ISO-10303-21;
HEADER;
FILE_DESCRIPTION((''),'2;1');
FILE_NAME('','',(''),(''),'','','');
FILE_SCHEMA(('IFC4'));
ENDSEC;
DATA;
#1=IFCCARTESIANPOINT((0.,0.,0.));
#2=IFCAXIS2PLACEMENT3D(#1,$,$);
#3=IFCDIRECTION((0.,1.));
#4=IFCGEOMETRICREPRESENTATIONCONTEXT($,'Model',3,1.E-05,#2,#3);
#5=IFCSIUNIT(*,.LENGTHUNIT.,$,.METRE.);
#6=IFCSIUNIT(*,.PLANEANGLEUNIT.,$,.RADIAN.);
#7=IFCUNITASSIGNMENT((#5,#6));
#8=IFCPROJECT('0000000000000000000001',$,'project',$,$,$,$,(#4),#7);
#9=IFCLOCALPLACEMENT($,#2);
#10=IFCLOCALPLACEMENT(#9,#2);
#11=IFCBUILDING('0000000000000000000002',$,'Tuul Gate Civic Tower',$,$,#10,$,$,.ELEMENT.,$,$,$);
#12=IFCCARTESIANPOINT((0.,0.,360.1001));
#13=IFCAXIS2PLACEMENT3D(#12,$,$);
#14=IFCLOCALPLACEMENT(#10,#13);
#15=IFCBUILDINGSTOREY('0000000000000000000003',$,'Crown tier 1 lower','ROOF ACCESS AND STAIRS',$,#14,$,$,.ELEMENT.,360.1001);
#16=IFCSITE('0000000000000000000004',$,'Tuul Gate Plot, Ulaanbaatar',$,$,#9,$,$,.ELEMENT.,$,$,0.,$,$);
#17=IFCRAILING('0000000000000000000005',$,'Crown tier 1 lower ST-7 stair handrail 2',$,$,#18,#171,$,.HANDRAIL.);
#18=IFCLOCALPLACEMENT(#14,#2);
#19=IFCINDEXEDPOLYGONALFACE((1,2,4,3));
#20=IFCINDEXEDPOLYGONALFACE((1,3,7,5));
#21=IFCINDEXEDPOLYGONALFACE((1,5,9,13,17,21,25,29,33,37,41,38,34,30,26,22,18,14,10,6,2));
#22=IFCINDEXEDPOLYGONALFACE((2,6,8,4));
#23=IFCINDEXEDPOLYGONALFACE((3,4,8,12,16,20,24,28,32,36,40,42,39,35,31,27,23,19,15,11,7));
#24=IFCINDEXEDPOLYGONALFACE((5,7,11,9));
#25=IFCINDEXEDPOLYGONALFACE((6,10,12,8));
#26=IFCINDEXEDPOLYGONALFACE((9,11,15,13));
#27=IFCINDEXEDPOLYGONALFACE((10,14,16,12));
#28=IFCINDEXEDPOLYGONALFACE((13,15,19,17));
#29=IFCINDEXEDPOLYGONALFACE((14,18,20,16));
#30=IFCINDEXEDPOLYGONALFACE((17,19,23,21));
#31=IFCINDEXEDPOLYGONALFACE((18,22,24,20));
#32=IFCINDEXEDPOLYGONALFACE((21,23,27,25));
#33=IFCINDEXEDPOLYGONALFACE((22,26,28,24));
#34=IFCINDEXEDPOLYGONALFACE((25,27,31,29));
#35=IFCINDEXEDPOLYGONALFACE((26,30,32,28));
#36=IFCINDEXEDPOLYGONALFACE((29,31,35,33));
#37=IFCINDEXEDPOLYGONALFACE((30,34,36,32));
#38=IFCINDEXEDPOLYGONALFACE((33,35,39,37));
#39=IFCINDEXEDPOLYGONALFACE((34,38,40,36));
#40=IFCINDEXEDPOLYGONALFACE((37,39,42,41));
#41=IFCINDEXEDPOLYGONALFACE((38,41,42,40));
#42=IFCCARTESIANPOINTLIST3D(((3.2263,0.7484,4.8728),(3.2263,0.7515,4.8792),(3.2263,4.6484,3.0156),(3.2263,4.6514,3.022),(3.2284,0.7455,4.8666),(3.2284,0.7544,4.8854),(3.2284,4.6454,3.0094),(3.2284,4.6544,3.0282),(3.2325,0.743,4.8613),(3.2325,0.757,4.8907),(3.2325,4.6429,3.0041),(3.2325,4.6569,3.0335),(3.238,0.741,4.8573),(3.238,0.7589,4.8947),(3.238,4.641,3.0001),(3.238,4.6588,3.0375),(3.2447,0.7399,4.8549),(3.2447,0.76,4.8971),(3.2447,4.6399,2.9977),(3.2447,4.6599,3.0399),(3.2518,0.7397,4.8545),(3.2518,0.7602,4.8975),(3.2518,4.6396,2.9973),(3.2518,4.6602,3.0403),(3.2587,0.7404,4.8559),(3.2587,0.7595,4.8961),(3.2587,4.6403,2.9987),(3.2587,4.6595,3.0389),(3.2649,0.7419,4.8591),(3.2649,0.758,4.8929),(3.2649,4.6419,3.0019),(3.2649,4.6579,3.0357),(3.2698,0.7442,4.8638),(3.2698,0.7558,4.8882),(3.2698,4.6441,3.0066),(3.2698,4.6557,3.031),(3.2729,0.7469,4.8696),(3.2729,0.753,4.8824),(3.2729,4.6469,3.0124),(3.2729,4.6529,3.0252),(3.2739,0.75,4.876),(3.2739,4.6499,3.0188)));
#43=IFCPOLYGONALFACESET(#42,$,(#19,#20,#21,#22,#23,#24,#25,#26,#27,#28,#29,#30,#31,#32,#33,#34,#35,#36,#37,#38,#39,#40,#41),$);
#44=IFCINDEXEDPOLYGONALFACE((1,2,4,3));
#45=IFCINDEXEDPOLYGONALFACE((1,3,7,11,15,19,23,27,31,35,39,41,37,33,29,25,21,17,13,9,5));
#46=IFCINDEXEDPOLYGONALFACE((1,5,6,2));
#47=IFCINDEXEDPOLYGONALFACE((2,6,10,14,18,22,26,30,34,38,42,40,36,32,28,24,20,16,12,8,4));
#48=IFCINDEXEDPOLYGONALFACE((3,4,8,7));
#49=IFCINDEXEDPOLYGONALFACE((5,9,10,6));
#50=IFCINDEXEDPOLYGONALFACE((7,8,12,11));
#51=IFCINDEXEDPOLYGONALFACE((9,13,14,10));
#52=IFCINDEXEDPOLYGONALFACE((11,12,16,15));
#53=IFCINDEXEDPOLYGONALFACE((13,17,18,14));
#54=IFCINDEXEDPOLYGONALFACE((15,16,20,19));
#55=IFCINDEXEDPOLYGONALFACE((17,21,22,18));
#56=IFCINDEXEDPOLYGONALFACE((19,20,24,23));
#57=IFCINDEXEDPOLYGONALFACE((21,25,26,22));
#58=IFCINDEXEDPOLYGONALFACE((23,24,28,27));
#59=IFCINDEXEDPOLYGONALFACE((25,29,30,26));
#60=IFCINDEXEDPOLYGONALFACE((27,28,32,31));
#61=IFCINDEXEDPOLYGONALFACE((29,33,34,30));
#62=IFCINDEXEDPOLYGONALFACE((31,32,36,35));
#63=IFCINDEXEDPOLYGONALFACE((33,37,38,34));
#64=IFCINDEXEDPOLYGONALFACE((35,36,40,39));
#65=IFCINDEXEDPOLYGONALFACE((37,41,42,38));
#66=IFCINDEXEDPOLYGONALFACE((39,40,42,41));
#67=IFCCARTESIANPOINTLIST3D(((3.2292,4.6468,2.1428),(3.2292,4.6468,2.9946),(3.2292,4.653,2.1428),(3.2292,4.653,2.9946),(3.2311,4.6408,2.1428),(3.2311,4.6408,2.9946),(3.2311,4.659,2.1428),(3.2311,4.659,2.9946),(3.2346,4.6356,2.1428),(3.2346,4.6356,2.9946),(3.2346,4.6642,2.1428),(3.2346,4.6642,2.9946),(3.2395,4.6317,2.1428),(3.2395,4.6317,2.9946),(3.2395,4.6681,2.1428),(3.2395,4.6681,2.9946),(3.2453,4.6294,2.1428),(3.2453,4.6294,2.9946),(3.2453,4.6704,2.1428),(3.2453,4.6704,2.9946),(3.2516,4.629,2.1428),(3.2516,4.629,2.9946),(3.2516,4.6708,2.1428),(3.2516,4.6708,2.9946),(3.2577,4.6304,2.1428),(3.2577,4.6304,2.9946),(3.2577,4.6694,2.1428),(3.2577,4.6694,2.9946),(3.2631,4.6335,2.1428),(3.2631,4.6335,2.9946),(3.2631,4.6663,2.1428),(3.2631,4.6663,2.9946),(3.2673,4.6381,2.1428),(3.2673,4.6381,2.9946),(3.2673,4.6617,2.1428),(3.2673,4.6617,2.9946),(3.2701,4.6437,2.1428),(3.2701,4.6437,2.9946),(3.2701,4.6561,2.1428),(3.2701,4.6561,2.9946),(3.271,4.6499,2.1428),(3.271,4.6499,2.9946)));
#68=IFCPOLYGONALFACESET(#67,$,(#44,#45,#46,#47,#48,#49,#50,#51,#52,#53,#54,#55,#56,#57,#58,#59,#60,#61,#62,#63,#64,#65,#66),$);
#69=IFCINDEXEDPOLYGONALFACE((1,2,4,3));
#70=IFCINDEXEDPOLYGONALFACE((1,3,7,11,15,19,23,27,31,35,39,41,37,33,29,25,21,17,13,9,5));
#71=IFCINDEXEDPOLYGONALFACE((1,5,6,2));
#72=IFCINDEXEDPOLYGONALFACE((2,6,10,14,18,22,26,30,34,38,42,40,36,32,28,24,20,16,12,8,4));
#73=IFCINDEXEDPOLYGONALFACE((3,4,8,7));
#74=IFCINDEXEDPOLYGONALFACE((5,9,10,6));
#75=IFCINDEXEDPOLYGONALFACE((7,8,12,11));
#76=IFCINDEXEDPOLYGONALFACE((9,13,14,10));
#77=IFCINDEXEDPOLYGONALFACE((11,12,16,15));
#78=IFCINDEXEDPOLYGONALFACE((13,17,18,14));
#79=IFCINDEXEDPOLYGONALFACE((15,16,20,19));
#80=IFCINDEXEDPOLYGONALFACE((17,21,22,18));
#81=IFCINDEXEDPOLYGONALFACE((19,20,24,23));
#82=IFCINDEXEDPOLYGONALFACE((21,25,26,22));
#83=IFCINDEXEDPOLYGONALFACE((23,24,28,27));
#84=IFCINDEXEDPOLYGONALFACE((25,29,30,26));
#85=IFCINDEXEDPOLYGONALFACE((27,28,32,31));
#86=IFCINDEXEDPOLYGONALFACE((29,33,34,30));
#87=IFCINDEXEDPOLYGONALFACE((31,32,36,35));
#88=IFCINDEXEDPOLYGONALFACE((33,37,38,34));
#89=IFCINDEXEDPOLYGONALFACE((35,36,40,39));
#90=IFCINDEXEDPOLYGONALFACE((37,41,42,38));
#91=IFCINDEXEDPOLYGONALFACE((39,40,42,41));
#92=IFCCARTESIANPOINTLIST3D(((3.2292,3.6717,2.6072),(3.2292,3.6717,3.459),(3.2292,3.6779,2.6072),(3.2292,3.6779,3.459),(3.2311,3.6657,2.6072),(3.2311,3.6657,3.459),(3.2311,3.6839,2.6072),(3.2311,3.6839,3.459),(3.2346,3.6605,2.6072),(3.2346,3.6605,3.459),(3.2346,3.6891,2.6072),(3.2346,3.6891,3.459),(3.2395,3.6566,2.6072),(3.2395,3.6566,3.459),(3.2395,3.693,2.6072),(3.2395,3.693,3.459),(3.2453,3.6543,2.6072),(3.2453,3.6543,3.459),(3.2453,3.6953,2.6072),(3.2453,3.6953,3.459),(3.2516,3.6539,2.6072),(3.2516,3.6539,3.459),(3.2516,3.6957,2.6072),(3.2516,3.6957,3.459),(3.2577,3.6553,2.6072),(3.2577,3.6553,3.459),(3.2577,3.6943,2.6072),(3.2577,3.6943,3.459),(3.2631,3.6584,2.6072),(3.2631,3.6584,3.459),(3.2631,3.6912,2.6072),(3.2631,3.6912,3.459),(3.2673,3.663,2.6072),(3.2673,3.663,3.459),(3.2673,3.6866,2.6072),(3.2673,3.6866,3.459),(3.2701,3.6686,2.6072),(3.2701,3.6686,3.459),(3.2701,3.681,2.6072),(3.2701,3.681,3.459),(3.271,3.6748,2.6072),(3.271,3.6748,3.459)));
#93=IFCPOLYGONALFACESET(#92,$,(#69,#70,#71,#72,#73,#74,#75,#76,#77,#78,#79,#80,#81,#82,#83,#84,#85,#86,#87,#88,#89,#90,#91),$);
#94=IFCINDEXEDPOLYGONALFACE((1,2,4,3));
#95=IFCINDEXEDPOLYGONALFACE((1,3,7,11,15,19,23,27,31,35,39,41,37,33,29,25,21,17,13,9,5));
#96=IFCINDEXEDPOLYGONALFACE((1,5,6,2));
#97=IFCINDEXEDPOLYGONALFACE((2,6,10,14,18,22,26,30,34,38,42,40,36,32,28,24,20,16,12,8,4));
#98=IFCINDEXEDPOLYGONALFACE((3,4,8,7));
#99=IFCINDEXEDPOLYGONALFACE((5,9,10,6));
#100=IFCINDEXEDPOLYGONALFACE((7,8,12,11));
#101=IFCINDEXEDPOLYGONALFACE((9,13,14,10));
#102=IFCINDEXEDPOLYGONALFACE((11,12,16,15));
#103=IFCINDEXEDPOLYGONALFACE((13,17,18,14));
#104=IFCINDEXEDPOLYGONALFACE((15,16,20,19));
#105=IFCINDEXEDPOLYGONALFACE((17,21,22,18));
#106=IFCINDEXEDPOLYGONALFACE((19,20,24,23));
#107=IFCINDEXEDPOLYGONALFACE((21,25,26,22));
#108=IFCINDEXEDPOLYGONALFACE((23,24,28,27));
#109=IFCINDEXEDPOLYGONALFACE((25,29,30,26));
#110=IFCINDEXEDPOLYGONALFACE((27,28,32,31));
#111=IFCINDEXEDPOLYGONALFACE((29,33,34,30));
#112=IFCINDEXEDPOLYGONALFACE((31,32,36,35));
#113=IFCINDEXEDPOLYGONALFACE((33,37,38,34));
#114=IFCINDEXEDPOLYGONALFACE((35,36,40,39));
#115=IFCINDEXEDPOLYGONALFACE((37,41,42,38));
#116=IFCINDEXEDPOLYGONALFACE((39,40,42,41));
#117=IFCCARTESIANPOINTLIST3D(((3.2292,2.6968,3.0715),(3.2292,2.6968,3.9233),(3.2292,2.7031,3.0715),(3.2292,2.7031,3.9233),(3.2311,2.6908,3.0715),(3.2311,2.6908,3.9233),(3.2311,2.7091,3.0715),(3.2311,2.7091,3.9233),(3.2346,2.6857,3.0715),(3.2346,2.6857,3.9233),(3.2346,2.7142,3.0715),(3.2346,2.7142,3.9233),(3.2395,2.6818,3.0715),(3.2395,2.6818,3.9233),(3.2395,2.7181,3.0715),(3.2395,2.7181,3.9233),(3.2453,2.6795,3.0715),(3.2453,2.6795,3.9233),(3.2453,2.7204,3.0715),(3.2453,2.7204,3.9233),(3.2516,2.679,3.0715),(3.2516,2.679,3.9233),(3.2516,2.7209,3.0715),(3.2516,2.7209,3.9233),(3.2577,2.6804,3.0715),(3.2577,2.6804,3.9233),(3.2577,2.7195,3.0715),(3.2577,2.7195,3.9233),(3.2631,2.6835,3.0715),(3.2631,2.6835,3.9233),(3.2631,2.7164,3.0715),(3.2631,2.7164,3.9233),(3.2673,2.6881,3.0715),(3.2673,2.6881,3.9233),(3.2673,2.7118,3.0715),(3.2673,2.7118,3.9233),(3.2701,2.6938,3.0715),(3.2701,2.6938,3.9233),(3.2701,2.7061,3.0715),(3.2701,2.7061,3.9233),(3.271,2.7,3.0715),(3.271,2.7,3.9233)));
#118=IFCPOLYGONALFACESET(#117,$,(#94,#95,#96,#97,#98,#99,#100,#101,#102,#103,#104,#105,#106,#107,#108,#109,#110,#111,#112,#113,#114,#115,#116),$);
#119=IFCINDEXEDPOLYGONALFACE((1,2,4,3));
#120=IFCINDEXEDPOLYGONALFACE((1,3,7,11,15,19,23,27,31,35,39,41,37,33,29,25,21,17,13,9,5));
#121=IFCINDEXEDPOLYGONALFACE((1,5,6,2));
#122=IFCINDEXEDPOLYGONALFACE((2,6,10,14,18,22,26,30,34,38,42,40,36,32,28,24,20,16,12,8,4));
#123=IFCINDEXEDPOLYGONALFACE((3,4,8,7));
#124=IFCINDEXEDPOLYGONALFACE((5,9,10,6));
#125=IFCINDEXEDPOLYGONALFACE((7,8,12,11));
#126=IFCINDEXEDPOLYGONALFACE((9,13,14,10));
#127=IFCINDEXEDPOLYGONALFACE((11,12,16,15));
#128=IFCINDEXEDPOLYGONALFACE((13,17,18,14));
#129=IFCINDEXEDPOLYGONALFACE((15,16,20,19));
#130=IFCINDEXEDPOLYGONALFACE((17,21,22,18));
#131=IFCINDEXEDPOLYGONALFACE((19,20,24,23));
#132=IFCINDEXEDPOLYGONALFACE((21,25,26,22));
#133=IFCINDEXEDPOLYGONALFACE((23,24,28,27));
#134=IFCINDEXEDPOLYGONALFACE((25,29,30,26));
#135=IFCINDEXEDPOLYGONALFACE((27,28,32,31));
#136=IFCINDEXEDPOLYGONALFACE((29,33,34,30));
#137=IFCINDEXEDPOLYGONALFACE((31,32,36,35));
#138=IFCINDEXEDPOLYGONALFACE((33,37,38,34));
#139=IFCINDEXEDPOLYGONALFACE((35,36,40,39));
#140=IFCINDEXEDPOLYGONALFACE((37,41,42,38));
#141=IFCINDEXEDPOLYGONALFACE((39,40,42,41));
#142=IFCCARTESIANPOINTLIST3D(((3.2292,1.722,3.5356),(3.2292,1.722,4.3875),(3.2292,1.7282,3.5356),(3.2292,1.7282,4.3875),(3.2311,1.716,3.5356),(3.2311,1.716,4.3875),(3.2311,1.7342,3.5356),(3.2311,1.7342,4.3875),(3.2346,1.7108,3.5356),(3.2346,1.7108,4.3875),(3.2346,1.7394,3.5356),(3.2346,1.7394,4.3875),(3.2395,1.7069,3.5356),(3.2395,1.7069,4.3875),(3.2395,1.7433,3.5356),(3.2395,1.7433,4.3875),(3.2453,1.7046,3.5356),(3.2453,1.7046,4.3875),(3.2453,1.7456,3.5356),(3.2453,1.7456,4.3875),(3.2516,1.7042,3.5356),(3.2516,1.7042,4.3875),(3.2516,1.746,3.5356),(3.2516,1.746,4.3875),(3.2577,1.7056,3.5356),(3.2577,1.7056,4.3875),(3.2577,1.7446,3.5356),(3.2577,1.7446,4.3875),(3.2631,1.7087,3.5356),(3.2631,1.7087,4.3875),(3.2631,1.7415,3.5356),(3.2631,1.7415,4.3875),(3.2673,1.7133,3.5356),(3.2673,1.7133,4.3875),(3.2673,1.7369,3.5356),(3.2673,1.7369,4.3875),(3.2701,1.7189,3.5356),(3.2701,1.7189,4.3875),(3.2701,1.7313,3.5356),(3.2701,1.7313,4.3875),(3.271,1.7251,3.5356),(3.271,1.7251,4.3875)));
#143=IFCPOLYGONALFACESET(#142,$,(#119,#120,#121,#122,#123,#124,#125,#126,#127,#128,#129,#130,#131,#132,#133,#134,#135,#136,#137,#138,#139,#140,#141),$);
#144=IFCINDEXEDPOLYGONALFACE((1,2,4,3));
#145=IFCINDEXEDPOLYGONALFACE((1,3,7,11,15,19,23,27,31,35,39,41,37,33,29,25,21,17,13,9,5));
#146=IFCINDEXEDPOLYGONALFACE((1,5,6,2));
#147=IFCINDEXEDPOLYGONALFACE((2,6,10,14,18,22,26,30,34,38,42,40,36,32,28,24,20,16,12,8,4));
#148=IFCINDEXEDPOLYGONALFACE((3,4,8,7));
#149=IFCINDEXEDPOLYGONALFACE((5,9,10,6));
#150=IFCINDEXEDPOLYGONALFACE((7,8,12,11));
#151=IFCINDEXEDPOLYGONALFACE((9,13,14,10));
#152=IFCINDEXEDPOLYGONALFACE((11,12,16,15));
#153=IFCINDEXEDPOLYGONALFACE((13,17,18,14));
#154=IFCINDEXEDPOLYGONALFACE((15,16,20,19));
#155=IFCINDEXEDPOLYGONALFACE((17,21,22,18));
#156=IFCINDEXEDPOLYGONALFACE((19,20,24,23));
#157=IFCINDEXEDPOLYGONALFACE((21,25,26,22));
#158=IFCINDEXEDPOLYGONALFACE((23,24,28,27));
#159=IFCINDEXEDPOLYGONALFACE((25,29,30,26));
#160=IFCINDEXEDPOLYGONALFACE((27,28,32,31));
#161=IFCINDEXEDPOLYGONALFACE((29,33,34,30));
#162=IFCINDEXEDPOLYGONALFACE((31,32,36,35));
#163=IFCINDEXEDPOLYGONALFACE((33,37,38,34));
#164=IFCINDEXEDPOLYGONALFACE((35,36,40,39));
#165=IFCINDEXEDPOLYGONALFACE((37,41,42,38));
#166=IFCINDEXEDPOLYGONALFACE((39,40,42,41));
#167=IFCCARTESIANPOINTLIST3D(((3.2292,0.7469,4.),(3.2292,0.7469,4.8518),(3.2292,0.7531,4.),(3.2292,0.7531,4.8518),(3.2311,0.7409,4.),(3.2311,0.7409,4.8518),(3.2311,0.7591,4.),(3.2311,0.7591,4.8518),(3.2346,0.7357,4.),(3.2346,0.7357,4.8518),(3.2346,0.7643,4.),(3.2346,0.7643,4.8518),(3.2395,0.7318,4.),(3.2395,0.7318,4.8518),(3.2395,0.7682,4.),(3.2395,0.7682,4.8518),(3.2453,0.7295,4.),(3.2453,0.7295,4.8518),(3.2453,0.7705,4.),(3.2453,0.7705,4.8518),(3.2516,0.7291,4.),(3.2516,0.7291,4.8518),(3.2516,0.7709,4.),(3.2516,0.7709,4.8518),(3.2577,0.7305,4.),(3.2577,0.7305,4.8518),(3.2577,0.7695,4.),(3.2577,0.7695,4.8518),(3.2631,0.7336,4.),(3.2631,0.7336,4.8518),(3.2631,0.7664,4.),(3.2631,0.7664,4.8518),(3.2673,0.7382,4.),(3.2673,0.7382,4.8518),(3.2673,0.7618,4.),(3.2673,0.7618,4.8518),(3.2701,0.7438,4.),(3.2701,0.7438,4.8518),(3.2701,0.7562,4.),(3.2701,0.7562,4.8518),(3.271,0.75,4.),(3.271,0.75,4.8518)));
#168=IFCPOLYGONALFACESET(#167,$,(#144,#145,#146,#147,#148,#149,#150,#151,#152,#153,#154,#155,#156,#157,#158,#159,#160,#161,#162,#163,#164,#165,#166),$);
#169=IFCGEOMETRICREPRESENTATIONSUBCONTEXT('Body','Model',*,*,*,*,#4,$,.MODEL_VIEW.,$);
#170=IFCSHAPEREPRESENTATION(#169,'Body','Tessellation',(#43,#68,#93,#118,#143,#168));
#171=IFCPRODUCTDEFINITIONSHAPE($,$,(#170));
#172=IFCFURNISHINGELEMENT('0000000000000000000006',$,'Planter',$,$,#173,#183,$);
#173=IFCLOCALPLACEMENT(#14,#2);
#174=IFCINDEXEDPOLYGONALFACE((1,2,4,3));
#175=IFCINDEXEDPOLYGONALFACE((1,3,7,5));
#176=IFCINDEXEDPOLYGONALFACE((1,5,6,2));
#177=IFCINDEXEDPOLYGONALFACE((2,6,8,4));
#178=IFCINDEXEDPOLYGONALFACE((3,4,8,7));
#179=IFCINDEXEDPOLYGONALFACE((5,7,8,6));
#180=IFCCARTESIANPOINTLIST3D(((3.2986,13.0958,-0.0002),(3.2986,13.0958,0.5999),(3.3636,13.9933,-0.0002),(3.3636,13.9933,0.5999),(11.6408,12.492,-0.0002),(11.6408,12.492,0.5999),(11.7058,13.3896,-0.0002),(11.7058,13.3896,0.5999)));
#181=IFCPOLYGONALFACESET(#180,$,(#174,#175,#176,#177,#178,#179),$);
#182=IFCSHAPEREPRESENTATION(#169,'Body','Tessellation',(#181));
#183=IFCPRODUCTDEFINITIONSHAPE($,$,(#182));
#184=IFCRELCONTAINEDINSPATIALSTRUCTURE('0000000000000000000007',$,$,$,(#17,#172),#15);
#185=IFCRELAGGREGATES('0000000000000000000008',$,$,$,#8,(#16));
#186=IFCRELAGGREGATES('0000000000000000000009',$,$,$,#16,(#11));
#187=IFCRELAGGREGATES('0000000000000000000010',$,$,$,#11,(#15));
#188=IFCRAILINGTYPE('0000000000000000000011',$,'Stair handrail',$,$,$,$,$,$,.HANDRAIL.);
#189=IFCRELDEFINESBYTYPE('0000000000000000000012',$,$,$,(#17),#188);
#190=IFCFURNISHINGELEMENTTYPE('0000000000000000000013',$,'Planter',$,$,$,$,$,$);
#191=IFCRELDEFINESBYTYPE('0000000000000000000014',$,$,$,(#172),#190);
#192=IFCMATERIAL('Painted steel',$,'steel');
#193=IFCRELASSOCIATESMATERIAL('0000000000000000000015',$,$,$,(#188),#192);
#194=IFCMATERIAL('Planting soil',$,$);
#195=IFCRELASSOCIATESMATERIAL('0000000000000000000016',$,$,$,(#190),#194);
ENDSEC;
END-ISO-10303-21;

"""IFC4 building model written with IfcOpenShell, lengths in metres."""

from ifc_helpers import new_model, si_unit, direction, frame, origin, origin_2d, place, context, subcontext, project, spatial, rectangle, circle, extrude, material, type_object, element, save


model = new_model("IFC4")

# Units and contexts
model_context = context("Model", 3, precision=1e-05, world=origin(), true_north=direction((0.0, 1.0)))
body_context = subcontext(model_context, "Body", "Model", "MODEL_VIEW")
ifc_project = project(units=[si_unit("LENGTHUNIT", "METRE"), si_unit("PLANEANGLEUNIT", "RADIAN")], contexts=[model_context])

# Site, building, storey
site_placement = place(None, origin())
site = spatial("IfcSite", under=ifc_project, at=site_placement, Name="Tuul Gate Plot, Ulaanbaatar", CompositionType="ELEMENT", RefElevation=0.0)
building_placement = place(site_placement, origin())
building = spatial("IfcBuilding", under=site, at=building_placement, Name="Tuul Gate Civic Tower", CompositionType="ELEMENT")
storey_placement = place(building_placement, frame((0.0, 0.0, 360.1001)))
storey = spatial("IfcBuildingStorey", under=building, at=storey_placement, Name="Crown tier 1 lower", Description="ROOF ACCESS AND STAIRS", CompositionType="ELEMENT", Elevation=360.1001)

# Railing
ifc_material_1 = material(Name="Painted steel", Category="steel")
railing_type_1 = type_object("IfcRailingType", Name="Stair handrail", PredefinedType="HANDRAIL", material=ifc_material_1)
railing_1_placement = place(storey_placement, frame((3.25, 4.6499, 2.1428)))
element("IfcRailing", 1, at=railing_1_placement, inside=storey, type_object=railing_type_1, Name="Crown tier 1 lower ST-7 stair handrail 2", PredefinedType="HANDRAIL", context=body_context, shape_type="SweptSolid", body=[
    extrude(circle(Radius=0.0239, at=origin_2d()), frame((0.0, 0.0, 0.876), z_axis=(0.0, -0.902853, 0.429949), x_axis=(1.0, 0.0, 0.0)), (0.0, 0.0, 1.0), 4.3196),
    extrude(circle(Radius=0.021, at=origin_2d()), origin(), (0.0, 0.0, 1.0), 0.8518),
    extrude(circle(Radius=0.021, at=origin_2d()), frame((0.0, -0.9751, 0.4644)), (0.0, 0.0, 1.0), 0.8518),
    extrude(circle(Radius=0.021, at=origin_2d()), frame((0.0, -1.95, 0.9287)), (0.0, 0.0, 1.0), 0.8518),
    extrude(circle(Radius=0.021, at=origin_2d()), frame((0.0, -2.9248, 1.3928)), (0.0, 0.0, 1.0), 0.8518),
    extrude(circle(Radius=0.021, at=origin_2d()), frame((0.0, -3.8999, 1.8572)), (0.0, 0.0, 1.0), 0.8518),
])

# Furnishing element
ifc_material_2 = material(Name="Planting soil")
furnishing_element_type = type_object("IfcFurnishingElementType", Name="Planter", material=ifc_material_2)
furnishing_placement = place(storey_placement, frame((7.5022, 13.2427, -0.0002), z_axis=(0.0, 0.0, 1.0), x_axis=(-0.997391, 0.072185, 0.0)))
element("IfcFurnishingElement", 2, at=furnishing_placement, inside=storey, type_object=furnishing_element_type, Name="Planter", context=body_context, shape_type="SweptSolid", body=[
    extrude(rectangle(XDim=8.364, YDim=0.8999, at=origin_2d()), origin(), (0.0, 0.0, 1.0), 0.6001),
])

save(model, "model.ifc")
